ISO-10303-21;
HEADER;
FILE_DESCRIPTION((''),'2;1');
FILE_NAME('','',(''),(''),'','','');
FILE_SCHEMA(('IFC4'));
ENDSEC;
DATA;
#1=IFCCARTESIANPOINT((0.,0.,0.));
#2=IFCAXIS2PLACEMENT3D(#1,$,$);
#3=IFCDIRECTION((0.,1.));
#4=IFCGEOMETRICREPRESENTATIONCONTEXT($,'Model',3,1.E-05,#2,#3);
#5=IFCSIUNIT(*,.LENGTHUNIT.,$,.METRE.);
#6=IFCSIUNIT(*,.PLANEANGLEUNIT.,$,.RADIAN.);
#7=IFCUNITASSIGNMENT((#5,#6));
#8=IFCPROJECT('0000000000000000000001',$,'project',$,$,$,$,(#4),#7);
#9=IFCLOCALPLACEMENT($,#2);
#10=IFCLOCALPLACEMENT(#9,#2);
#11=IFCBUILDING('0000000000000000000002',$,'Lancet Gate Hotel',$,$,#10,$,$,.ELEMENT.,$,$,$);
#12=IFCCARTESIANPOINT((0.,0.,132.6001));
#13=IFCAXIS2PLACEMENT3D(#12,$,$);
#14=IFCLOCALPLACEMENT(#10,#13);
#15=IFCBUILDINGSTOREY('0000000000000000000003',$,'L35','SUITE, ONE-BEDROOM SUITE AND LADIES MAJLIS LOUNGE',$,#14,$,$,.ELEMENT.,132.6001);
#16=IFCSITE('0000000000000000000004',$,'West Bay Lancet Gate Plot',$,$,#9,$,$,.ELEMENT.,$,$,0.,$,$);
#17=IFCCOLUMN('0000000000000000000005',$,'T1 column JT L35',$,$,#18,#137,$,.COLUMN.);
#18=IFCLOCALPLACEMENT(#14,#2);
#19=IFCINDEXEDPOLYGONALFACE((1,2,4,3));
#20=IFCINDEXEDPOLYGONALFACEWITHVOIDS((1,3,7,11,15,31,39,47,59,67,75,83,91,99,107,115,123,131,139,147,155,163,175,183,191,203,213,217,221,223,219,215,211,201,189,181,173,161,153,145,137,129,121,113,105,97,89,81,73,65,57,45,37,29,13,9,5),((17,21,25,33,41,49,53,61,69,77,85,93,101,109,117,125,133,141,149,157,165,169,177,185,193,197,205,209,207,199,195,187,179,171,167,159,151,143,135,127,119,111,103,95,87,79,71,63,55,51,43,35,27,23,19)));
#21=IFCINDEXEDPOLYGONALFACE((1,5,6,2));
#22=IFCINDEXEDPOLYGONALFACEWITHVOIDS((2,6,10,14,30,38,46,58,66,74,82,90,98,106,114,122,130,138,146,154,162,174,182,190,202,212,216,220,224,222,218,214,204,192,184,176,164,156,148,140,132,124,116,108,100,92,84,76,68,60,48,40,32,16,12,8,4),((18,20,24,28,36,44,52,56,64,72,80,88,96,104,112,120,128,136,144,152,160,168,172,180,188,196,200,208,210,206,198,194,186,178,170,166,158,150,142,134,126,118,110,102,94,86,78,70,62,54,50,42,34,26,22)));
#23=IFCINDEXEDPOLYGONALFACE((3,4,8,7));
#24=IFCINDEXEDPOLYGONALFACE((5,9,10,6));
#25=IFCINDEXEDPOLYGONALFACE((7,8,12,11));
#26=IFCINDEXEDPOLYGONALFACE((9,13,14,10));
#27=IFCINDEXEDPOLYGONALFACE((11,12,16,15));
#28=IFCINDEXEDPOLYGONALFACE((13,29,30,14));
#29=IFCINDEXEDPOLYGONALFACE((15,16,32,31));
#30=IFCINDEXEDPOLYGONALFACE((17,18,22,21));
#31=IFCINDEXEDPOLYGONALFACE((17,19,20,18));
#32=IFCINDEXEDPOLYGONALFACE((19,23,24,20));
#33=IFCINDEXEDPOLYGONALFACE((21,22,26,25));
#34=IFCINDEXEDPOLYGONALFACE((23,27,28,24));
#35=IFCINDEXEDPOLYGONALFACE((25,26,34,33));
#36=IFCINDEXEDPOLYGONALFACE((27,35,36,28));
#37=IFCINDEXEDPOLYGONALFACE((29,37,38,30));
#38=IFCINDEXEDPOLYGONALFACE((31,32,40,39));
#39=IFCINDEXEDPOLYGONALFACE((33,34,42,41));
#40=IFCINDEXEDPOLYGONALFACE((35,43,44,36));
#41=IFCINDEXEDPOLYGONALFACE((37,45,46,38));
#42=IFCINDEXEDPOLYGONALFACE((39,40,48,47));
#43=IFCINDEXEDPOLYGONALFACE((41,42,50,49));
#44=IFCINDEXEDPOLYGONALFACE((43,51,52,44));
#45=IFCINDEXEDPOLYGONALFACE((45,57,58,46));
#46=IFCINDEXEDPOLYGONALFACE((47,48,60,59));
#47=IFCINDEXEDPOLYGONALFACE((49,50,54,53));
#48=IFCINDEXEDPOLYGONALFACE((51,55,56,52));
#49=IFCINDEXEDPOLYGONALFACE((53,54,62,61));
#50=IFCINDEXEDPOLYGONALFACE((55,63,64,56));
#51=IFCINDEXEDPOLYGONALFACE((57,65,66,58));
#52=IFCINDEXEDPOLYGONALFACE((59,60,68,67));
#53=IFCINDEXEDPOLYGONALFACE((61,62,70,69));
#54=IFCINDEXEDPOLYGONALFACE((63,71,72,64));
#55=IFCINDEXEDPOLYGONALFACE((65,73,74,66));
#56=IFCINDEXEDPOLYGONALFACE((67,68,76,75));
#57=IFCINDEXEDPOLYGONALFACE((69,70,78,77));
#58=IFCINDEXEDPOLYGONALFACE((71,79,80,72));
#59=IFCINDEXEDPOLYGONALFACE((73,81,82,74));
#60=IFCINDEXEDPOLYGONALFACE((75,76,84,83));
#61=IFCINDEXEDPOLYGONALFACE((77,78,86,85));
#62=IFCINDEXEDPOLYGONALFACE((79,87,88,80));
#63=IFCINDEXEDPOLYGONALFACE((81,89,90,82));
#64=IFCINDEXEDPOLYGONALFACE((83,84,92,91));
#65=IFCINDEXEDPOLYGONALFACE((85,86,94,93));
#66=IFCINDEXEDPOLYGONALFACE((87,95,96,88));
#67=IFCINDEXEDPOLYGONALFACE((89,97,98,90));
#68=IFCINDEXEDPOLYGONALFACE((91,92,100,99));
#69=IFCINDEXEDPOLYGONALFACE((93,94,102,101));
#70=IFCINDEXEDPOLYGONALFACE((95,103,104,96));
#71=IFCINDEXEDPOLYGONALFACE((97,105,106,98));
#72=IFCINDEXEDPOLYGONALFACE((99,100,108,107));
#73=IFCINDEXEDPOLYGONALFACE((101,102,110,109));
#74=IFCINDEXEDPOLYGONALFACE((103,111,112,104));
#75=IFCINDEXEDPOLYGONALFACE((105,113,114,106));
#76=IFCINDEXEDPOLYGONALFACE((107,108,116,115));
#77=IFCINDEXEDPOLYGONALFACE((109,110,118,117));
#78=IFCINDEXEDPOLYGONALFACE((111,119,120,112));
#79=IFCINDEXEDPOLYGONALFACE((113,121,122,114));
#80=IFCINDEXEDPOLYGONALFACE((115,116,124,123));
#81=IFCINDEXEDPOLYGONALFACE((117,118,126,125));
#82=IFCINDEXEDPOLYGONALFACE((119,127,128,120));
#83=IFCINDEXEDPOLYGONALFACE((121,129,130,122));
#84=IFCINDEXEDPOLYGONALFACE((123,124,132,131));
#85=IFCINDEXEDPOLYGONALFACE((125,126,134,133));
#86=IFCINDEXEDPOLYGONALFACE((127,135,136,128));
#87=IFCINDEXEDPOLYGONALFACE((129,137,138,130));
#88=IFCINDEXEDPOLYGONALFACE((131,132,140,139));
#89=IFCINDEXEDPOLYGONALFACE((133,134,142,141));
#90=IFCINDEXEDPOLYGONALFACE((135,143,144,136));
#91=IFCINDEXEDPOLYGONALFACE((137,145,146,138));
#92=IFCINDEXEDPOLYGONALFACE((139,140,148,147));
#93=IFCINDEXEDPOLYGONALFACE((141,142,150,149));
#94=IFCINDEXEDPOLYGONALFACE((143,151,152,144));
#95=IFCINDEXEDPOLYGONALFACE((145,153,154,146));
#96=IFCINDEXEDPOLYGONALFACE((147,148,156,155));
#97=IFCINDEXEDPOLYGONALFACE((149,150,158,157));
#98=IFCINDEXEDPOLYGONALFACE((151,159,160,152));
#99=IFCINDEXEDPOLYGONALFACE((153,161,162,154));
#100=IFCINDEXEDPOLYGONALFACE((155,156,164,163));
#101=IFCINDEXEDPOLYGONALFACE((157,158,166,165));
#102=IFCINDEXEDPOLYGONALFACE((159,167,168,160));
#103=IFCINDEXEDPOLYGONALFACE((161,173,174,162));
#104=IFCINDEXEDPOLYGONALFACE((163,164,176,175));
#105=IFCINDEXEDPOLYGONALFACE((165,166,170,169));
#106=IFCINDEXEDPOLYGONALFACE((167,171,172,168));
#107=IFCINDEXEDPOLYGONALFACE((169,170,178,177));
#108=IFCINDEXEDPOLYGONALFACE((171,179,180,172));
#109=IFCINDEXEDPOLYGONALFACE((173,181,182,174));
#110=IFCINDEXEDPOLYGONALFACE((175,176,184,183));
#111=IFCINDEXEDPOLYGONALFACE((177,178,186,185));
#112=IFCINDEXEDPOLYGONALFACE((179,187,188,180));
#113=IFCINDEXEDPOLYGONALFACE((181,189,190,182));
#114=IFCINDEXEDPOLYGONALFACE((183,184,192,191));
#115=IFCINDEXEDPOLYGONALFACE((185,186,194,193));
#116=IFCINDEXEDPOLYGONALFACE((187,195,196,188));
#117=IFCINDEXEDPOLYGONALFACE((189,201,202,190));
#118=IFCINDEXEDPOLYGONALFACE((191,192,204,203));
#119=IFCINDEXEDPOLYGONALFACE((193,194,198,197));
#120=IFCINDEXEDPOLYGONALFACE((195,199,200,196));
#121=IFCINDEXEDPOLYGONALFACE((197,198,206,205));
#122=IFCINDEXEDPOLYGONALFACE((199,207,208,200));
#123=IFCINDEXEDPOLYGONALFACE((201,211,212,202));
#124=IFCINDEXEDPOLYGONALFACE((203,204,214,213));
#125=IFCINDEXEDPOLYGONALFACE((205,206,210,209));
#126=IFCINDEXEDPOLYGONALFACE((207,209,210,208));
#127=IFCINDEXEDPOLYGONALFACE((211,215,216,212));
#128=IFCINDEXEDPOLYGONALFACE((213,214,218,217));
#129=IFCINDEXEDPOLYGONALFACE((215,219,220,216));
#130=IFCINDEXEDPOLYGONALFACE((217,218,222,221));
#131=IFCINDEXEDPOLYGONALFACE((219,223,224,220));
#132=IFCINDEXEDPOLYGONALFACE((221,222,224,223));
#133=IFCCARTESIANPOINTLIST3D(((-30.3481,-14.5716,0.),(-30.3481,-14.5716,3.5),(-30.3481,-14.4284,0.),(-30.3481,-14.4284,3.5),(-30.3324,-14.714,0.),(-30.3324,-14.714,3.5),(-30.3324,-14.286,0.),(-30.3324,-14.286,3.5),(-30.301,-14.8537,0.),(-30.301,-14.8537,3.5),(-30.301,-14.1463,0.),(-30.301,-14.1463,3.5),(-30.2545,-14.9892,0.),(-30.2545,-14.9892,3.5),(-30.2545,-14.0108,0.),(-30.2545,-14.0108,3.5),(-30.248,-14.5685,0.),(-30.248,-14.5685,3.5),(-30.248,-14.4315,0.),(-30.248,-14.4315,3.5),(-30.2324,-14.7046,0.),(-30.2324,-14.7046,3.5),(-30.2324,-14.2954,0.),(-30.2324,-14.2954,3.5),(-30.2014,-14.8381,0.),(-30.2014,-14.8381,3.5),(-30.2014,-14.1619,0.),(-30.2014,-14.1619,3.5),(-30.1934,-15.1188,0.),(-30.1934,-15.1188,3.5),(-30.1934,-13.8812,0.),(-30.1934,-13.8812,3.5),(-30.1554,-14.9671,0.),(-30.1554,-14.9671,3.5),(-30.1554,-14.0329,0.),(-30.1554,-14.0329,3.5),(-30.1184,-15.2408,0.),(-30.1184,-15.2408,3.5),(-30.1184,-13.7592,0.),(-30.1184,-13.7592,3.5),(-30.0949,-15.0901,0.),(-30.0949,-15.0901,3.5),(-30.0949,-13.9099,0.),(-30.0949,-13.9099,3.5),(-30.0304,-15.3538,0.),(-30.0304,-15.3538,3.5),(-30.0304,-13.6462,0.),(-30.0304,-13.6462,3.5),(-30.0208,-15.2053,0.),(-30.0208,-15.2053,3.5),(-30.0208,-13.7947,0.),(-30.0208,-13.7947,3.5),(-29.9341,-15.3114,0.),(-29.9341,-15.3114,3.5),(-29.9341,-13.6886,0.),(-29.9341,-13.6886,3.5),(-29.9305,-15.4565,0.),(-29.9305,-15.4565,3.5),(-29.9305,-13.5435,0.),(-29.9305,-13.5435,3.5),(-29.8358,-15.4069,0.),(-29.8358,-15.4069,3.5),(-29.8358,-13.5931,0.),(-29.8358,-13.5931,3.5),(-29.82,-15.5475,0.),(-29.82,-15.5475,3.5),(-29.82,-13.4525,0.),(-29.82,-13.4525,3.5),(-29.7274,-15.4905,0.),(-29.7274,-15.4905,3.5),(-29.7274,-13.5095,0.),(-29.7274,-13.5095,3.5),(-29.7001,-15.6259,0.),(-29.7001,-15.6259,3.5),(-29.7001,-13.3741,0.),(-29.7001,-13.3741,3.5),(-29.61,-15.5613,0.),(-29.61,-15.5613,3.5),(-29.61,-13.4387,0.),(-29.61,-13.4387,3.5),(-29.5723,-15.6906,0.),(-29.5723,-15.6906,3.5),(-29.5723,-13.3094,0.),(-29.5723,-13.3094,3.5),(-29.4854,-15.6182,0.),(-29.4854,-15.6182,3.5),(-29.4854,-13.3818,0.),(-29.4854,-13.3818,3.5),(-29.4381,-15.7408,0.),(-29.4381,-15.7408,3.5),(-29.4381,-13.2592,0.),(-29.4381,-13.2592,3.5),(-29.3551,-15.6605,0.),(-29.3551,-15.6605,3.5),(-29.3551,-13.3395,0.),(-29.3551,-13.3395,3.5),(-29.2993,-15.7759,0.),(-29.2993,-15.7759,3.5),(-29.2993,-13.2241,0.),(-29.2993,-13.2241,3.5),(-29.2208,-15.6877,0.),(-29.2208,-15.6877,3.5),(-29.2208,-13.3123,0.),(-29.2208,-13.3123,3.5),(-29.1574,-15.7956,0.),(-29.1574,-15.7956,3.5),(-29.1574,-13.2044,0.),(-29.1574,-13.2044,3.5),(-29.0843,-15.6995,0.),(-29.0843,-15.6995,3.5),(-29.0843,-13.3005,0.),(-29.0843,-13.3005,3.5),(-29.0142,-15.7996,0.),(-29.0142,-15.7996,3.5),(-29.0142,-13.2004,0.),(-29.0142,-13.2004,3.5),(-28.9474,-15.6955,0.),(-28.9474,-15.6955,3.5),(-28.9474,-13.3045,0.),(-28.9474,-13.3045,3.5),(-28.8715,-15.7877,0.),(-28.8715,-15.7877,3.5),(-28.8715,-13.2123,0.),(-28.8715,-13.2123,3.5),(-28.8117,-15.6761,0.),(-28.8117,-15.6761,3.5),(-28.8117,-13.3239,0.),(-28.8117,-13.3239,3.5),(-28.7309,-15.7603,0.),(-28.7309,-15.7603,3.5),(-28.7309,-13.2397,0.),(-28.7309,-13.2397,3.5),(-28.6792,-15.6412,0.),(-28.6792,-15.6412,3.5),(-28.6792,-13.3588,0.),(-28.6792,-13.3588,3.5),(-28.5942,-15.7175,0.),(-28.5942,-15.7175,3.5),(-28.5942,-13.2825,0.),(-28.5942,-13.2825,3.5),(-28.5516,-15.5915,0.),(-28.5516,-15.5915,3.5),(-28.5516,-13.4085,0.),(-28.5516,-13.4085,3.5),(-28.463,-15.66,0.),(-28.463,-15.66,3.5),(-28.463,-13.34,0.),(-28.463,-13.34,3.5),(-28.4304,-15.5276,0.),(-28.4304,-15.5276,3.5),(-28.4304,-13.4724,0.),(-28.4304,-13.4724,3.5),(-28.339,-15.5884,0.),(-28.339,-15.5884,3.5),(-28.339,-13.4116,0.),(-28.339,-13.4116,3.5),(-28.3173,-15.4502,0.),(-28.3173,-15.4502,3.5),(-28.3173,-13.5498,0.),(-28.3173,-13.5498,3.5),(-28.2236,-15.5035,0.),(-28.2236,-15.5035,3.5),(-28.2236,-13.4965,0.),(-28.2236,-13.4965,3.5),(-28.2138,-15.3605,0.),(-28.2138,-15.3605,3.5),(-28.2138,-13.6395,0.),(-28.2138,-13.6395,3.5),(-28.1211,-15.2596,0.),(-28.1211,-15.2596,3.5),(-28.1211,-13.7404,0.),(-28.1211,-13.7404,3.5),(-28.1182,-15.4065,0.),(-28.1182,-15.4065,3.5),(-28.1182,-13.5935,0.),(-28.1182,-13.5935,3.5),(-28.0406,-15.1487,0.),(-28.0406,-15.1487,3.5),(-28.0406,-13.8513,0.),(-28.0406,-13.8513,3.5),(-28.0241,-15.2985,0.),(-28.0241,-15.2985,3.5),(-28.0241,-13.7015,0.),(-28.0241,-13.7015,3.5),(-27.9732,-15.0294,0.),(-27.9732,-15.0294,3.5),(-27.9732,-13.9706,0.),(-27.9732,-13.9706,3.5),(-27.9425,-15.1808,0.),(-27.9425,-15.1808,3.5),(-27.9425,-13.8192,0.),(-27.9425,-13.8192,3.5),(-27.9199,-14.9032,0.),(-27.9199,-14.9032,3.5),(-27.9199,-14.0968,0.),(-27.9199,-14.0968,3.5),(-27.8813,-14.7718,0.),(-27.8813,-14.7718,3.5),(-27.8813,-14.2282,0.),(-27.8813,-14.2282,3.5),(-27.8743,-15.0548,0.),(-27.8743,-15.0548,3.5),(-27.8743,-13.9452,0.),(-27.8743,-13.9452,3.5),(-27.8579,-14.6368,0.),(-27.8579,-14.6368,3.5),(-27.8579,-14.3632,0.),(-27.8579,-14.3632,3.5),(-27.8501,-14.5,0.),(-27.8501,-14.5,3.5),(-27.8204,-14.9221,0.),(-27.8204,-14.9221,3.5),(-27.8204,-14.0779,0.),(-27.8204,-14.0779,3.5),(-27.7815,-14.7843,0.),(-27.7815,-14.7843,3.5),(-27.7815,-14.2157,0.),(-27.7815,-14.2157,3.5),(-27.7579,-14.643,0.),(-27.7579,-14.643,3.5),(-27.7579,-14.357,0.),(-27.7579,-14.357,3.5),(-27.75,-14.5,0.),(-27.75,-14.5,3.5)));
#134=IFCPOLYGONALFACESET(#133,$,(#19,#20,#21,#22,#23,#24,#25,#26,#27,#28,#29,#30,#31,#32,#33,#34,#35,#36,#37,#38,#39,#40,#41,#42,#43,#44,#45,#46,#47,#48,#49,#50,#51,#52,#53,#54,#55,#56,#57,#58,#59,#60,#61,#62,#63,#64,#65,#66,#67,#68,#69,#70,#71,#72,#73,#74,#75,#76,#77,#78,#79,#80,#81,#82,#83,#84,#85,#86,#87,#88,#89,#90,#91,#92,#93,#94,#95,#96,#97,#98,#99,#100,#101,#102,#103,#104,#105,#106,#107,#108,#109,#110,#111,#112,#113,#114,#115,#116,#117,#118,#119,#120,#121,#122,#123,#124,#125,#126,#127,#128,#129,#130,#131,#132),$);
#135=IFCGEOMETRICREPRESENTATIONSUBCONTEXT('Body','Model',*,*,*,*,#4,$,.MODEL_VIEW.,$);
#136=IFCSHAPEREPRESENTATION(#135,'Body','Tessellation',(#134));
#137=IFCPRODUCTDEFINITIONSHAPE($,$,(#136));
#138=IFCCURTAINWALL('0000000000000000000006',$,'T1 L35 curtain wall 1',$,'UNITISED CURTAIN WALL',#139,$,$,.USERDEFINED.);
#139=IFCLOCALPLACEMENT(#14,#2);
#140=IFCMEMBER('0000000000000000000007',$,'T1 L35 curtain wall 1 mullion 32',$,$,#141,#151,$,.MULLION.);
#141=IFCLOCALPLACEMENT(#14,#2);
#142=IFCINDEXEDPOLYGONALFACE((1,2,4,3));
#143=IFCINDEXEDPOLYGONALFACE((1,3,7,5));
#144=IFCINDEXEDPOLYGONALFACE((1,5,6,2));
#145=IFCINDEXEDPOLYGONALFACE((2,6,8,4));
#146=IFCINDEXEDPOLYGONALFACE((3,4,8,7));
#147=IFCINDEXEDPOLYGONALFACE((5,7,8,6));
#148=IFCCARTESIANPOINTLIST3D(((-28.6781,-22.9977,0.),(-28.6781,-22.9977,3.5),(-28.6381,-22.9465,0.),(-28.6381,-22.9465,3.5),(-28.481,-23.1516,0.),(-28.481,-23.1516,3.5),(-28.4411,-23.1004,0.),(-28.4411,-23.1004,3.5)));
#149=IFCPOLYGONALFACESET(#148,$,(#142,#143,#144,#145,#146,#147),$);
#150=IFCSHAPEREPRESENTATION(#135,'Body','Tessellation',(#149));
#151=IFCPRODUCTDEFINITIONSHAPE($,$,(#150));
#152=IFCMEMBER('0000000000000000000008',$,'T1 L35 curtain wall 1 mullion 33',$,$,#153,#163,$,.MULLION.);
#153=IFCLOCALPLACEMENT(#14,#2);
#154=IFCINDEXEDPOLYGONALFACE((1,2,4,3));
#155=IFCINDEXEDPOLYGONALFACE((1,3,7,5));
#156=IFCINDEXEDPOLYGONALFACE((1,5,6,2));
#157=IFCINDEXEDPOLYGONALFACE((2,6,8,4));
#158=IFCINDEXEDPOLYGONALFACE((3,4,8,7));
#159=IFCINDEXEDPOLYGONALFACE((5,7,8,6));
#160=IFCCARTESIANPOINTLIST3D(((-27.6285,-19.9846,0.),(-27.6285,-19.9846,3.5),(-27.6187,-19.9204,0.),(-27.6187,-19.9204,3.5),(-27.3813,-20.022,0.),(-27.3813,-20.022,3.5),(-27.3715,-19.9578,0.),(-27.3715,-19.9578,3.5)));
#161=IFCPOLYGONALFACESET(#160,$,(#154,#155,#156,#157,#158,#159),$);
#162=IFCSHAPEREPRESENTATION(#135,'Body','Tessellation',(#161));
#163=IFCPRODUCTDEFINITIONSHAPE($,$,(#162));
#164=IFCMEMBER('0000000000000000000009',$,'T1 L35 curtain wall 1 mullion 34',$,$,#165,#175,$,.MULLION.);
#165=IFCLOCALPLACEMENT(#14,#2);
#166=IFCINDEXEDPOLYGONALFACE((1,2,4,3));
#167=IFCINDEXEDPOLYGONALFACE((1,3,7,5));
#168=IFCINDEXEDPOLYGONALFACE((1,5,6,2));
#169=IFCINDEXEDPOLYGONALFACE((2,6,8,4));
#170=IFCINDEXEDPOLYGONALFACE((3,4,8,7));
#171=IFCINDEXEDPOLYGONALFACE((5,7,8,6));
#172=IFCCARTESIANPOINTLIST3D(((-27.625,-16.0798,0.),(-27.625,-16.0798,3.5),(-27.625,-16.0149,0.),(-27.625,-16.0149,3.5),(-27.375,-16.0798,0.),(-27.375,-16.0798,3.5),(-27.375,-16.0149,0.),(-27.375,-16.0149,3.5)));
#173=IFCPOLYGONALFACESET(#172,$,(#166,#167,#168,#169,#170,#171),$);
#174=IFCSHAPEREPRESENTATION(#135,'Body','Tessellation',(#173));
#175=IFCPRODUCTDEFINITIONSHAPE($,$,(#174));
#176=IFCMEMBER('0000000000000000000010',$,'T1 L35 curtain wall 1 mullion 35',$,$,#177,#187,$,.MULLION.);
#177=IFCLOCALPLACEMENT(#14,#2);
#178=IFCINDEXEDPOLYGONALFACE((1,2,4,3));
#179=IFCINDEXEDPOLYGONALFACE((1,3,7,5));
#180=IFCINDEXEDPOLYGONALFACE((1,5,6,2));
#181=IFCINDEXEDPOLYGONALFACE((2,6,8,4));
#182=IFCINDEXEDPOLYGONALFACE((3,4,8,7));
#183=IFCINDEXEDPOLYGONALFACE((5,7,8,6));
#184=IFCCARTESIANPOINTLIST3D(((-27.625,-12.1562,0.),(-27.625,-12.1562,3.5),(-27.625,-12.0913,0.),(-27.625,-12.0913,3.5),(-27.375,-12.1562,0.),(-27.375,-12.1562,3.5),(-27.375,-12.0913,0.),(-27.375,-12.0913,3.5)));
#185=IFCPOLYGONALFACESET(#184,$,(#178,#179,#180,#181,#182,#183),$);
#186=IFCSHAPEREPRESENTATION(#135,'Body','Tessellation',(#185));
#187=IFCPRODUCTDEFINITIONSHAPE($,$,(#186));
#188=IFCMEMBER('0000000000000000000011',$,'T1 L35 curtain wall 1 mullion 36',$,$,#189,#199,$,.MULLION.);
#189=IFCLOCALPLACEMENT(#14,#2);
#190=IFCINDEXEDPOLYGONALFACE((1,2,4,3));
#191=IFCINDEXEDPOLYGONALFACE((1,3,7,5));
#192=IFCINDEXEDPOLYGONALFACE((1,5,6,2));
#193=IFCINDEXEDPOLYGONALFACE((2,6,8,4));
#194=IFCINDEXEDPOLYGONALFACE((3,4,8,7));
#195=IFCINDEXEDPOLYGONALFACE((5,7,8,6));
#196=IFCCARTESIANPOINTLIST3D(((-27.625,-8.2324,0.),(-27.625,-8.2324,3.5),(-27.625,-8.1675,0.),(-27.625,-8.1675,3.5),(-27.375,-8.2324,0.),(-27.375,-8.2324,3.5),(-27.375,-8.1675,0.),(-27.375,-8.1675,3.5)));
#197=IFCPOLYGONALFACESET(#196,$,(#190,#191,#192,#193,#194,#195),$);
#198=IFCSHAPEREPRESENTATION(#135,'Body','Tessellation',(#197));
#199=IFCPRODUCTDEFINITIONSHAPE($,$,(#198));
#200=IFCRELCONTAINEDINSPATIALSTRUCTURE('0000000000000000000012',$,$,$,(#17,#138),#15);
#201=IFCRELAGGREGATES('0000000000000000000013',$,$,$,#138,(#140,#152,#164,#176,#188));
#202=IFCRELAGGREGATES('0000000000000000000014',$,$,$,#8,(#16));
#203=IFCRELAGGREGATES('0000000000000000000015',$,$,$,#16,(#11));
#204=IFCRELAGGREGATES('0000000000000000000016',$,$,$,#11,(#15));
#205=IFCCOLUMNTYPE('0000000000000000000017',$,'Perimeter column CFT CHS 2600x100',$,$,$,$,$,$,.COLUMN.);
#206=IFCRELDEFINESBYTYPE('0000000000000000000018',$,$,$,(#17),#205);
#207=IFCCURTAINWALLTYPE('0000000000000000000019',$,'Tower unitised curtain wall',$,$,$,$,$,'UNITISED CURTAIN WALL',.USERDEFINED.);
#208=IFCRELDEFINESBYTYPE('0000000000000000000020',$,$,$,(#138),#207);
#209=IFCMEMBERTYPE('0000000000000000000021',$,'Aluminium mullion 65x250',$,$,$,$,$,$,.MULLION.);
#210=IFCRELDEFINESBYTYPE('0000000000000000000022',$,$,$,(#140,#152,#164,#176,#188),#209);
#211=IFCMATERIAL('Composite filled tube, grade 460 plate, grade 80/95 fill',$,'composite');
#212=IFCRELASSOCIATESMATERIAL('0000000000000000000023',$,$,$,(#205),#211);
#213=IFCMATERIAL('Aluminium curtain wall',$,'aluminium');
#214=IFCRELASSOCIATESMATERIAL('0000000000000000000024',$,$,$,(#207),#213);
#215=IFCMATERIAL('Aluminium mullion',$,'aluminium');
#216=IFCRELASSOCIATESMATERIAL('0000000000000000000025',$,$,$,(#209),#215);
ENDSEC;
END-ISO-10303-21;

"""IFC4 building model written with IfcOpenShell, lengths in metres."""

from ifc_helpers import new_model, si_unit, direction, frame, origin, origin_2d, place, context, subcontext, project, spatial, rectangle, hollow_circle, extrude, material, material_profile, profile_set, type_object, element, aggregate, save


model = new_model("IFC4")

# Units and contexts
model_context = context("Model", 3, precision=1e-05, world=origin(), true_north=direction((0.0, 1.0)))
body_context = subcontext(model_context, "Body", "Model", "MODEL_VIEW")
ifc_project = project(units=[si_unit("LENGTHUNIT", "METRE"), si_unit("PLANEANGLEUNIT", "RADIAN")], contexts=[model_context])

# Site, building, storey
site_placement = place(None, origin())
site = spatial("IfcSite", under=ifc_project, at=site_placement, Name="West Bay Lancet Gate Plot", CompositionType="ELEMENT", RefElevation=0.0)
building_placement = place(site_placement, origin())
building = spatial("IfcBuilding", under=site, at=building_placement, Name="Lancet Gate Hotel", CompositionType="ELEMENT")
storey_placement = place(building_placement, frame((0.0, 0.0, 132.6001)))
storey = spatial("IfcBuildingStorey", under=building, at=storey_placement, Name="L35", Description="SUITE, ONE-BEDROOM SUITE AND LADIES MAJLIS LOUNGE", CompositionType="ELEMENT", Elevation=132.6001)

# Column
ifc_material_1 = material(Name="Composite filled tube, grade 460 plate, grade 80/95 fill", Category="composite")
ifc_material_profile_1 = material_profile(ifc_material_1, hollow_circle(Radius=1.3, WallThickness=0.1001, at=origin_2d()), Name="CHS 2600x100")
ifc_profile_set_1 = profile_set([ifc_material_profile_1], Name="Composite filled tube, grade 460 plate, grade 80/95 fill")
column_type = type_object("IfcColumnType", Name="Perimeter column CFT CHS 2600x100", PredefinedType="COLUMN", material=ifc_profile_set_1)
for number, where, z_axis, x_axis, name in (
    (1, (-29.05, -14.5, 0.0), (0.0, 0.0, 1.0), (1.0, 0.0, 0.0), "T1 column JT L35"),
):
    element("IfcColumn", number, at=place(storey_placement, frame(where, z_axis=z_axis, x_axis=x_axis)), inside=storey, type_object=column_type, Name=name, PredefinedType="COLUMN", context=body_context, shape_type="SweptSolid", body=[
        extrude(hollow_circle(Radius=1.3, WallThickness=0.1001, at=origin_2d()), origin(), (0.0, 0.0, 1.0), 3.5),
    ])

# Curtain wall, members
ifc_material_2 = material(Name="Aluminium curtain wall", Category="aluminium")
curtain_wall_type = type_object("IfcCurtainWallType", Name="Tower unitised curtain wall", ElementType="UNITISED CURTAIN WALL", PredefinedType="USERDEFINED", material=ifc_material_2)
curtain_wall_placement = place(storey_placement, origin())
curtain_wall = element("IfcCurtainWall", 2, at=curtain_wall_placement, inside=storey, type_object=curtain_wall_type, Name="T1 L35 curtain wall 1", ObjectType="UNITISED CURTAIN WALL", PredefinedType="USERDEFINED")
ifc_material_3 = material(Name="Aluminium mullion", Category="aluminium")
ifc_material_profile_2 = material_profile(ifc_material_3, rectangle(XDim=0.0649, YDim=0.25, at=origin_2d()), Name="MULLION 65x250")
ifc_profile_set_2 = profile_set([ifc_material_profile_2], Name="Aluminium mullion")
member_type_1 = type_object("IfcMemberType", Name="Aluminium mullion 65x250", PredefinedType="MULLION", material=ifc_profile_set_2)
member_1_placement = place(storey_placement, frame((-28.5596, -23.0491, 0.0), z_axis=(0.0, 0.0, 1.0), x_axis=(0.615574, 0.788079, 0.0)))
member_1 = element("IfcMember", 3, at=member_1_placement, type_object=member_type_1, Name="T1 L35 curtain wall 1 mullion 32", PredefinedType="MULLION", context=body_context, shape_type="SweptSolid", body=[
    extrude(rectangle(XDim=0.0649, YDim=0.25, at=origin_2d()), origin(), (0.0, 0.0, 1.0), 3.5),
])
member_2_placement = place(storey_placement, frame((-27.5, -19.9712, 0.0), z_axis=(0.0, 0.0, 1.0), x_axis=(0.149634, 0.988741, 0.0)))
member_2 = element("IfcMember", 4, at=member_2_placement, type_object=member_type_1, Name="T1 L35 curtain wall 1 mullion 33", PredefinedType="MULLION", context=body_context, shape_type="SweptSolid", body=[
    extrude(rectangle(XDim=0.0649, YDim=0.25, at=origin_2d()), origin(), (0.0, 0.0, 1.0), 3.5),
])
member_3_placement = place(storey_placement, frame((-27.5, -16.0474, 0.0), z_axis=(0.0, 0.0, 1.0), x_axis=(0.0, 1.0, 0.0)))
member_3 = element("IfcMember", 5, at=member_3_placement, type_object=member_type_1, Name="T1 L35 curtain wall 1 mullion 34", PredefinedType="MULLION", context=body_context, shape_type="SweptSolid", body=[
    extrude(rectangle(XDim=0.0649, YDim=0.25, at=origin_2d()), origin(), (0.0, 0.0, 1.0), 3.5),
])
member_4_placement = place(storey_placement, frame((-27.5, -12.1238, 0.0), z_axis=(0.0, 0.0, 1.0), x_axis=(0.0, 1.0, 0.0)))
member_4 = element("IfcMember", 6, at=member_4_placement, type_object=member_type_1, Name="T1 L35 curtain wall 1 mullion 35", PredefinedType="MULLION", context=body_context, shape_type="SweptSolid", body=[
    extrude(rectangle(XDim=0.0649, YDim=0.25, at=origin_2d()), origin(), (0.0, 0.0, 1.0), 3.5),
])
member_5_placement = place(storey_placement, frame((-27.5, -8.2, 0.0), z_axis=(0.0, 0.0, 1.0), x_axis=(0.0, 1.0, 0.0)))
member_5 = element("IfcMember", 7, at=member_5_placement, type_object=member_type_1, Name="T1 L35 curtain wall 1 mullion 36", PredefinedType="MULLION", context=body_context, shape_type="SweptSolid", body=[
    extrude(rectangle(XDim=0.0649, YDim=0.25, at=origin_2d()), origin(), (0.0, 0.0, 1.0), 3.5),
])

aggregate(curtain_wall, [member_1, member_2, member_3, member_4, member_5])

save(model, "model.ifc")
